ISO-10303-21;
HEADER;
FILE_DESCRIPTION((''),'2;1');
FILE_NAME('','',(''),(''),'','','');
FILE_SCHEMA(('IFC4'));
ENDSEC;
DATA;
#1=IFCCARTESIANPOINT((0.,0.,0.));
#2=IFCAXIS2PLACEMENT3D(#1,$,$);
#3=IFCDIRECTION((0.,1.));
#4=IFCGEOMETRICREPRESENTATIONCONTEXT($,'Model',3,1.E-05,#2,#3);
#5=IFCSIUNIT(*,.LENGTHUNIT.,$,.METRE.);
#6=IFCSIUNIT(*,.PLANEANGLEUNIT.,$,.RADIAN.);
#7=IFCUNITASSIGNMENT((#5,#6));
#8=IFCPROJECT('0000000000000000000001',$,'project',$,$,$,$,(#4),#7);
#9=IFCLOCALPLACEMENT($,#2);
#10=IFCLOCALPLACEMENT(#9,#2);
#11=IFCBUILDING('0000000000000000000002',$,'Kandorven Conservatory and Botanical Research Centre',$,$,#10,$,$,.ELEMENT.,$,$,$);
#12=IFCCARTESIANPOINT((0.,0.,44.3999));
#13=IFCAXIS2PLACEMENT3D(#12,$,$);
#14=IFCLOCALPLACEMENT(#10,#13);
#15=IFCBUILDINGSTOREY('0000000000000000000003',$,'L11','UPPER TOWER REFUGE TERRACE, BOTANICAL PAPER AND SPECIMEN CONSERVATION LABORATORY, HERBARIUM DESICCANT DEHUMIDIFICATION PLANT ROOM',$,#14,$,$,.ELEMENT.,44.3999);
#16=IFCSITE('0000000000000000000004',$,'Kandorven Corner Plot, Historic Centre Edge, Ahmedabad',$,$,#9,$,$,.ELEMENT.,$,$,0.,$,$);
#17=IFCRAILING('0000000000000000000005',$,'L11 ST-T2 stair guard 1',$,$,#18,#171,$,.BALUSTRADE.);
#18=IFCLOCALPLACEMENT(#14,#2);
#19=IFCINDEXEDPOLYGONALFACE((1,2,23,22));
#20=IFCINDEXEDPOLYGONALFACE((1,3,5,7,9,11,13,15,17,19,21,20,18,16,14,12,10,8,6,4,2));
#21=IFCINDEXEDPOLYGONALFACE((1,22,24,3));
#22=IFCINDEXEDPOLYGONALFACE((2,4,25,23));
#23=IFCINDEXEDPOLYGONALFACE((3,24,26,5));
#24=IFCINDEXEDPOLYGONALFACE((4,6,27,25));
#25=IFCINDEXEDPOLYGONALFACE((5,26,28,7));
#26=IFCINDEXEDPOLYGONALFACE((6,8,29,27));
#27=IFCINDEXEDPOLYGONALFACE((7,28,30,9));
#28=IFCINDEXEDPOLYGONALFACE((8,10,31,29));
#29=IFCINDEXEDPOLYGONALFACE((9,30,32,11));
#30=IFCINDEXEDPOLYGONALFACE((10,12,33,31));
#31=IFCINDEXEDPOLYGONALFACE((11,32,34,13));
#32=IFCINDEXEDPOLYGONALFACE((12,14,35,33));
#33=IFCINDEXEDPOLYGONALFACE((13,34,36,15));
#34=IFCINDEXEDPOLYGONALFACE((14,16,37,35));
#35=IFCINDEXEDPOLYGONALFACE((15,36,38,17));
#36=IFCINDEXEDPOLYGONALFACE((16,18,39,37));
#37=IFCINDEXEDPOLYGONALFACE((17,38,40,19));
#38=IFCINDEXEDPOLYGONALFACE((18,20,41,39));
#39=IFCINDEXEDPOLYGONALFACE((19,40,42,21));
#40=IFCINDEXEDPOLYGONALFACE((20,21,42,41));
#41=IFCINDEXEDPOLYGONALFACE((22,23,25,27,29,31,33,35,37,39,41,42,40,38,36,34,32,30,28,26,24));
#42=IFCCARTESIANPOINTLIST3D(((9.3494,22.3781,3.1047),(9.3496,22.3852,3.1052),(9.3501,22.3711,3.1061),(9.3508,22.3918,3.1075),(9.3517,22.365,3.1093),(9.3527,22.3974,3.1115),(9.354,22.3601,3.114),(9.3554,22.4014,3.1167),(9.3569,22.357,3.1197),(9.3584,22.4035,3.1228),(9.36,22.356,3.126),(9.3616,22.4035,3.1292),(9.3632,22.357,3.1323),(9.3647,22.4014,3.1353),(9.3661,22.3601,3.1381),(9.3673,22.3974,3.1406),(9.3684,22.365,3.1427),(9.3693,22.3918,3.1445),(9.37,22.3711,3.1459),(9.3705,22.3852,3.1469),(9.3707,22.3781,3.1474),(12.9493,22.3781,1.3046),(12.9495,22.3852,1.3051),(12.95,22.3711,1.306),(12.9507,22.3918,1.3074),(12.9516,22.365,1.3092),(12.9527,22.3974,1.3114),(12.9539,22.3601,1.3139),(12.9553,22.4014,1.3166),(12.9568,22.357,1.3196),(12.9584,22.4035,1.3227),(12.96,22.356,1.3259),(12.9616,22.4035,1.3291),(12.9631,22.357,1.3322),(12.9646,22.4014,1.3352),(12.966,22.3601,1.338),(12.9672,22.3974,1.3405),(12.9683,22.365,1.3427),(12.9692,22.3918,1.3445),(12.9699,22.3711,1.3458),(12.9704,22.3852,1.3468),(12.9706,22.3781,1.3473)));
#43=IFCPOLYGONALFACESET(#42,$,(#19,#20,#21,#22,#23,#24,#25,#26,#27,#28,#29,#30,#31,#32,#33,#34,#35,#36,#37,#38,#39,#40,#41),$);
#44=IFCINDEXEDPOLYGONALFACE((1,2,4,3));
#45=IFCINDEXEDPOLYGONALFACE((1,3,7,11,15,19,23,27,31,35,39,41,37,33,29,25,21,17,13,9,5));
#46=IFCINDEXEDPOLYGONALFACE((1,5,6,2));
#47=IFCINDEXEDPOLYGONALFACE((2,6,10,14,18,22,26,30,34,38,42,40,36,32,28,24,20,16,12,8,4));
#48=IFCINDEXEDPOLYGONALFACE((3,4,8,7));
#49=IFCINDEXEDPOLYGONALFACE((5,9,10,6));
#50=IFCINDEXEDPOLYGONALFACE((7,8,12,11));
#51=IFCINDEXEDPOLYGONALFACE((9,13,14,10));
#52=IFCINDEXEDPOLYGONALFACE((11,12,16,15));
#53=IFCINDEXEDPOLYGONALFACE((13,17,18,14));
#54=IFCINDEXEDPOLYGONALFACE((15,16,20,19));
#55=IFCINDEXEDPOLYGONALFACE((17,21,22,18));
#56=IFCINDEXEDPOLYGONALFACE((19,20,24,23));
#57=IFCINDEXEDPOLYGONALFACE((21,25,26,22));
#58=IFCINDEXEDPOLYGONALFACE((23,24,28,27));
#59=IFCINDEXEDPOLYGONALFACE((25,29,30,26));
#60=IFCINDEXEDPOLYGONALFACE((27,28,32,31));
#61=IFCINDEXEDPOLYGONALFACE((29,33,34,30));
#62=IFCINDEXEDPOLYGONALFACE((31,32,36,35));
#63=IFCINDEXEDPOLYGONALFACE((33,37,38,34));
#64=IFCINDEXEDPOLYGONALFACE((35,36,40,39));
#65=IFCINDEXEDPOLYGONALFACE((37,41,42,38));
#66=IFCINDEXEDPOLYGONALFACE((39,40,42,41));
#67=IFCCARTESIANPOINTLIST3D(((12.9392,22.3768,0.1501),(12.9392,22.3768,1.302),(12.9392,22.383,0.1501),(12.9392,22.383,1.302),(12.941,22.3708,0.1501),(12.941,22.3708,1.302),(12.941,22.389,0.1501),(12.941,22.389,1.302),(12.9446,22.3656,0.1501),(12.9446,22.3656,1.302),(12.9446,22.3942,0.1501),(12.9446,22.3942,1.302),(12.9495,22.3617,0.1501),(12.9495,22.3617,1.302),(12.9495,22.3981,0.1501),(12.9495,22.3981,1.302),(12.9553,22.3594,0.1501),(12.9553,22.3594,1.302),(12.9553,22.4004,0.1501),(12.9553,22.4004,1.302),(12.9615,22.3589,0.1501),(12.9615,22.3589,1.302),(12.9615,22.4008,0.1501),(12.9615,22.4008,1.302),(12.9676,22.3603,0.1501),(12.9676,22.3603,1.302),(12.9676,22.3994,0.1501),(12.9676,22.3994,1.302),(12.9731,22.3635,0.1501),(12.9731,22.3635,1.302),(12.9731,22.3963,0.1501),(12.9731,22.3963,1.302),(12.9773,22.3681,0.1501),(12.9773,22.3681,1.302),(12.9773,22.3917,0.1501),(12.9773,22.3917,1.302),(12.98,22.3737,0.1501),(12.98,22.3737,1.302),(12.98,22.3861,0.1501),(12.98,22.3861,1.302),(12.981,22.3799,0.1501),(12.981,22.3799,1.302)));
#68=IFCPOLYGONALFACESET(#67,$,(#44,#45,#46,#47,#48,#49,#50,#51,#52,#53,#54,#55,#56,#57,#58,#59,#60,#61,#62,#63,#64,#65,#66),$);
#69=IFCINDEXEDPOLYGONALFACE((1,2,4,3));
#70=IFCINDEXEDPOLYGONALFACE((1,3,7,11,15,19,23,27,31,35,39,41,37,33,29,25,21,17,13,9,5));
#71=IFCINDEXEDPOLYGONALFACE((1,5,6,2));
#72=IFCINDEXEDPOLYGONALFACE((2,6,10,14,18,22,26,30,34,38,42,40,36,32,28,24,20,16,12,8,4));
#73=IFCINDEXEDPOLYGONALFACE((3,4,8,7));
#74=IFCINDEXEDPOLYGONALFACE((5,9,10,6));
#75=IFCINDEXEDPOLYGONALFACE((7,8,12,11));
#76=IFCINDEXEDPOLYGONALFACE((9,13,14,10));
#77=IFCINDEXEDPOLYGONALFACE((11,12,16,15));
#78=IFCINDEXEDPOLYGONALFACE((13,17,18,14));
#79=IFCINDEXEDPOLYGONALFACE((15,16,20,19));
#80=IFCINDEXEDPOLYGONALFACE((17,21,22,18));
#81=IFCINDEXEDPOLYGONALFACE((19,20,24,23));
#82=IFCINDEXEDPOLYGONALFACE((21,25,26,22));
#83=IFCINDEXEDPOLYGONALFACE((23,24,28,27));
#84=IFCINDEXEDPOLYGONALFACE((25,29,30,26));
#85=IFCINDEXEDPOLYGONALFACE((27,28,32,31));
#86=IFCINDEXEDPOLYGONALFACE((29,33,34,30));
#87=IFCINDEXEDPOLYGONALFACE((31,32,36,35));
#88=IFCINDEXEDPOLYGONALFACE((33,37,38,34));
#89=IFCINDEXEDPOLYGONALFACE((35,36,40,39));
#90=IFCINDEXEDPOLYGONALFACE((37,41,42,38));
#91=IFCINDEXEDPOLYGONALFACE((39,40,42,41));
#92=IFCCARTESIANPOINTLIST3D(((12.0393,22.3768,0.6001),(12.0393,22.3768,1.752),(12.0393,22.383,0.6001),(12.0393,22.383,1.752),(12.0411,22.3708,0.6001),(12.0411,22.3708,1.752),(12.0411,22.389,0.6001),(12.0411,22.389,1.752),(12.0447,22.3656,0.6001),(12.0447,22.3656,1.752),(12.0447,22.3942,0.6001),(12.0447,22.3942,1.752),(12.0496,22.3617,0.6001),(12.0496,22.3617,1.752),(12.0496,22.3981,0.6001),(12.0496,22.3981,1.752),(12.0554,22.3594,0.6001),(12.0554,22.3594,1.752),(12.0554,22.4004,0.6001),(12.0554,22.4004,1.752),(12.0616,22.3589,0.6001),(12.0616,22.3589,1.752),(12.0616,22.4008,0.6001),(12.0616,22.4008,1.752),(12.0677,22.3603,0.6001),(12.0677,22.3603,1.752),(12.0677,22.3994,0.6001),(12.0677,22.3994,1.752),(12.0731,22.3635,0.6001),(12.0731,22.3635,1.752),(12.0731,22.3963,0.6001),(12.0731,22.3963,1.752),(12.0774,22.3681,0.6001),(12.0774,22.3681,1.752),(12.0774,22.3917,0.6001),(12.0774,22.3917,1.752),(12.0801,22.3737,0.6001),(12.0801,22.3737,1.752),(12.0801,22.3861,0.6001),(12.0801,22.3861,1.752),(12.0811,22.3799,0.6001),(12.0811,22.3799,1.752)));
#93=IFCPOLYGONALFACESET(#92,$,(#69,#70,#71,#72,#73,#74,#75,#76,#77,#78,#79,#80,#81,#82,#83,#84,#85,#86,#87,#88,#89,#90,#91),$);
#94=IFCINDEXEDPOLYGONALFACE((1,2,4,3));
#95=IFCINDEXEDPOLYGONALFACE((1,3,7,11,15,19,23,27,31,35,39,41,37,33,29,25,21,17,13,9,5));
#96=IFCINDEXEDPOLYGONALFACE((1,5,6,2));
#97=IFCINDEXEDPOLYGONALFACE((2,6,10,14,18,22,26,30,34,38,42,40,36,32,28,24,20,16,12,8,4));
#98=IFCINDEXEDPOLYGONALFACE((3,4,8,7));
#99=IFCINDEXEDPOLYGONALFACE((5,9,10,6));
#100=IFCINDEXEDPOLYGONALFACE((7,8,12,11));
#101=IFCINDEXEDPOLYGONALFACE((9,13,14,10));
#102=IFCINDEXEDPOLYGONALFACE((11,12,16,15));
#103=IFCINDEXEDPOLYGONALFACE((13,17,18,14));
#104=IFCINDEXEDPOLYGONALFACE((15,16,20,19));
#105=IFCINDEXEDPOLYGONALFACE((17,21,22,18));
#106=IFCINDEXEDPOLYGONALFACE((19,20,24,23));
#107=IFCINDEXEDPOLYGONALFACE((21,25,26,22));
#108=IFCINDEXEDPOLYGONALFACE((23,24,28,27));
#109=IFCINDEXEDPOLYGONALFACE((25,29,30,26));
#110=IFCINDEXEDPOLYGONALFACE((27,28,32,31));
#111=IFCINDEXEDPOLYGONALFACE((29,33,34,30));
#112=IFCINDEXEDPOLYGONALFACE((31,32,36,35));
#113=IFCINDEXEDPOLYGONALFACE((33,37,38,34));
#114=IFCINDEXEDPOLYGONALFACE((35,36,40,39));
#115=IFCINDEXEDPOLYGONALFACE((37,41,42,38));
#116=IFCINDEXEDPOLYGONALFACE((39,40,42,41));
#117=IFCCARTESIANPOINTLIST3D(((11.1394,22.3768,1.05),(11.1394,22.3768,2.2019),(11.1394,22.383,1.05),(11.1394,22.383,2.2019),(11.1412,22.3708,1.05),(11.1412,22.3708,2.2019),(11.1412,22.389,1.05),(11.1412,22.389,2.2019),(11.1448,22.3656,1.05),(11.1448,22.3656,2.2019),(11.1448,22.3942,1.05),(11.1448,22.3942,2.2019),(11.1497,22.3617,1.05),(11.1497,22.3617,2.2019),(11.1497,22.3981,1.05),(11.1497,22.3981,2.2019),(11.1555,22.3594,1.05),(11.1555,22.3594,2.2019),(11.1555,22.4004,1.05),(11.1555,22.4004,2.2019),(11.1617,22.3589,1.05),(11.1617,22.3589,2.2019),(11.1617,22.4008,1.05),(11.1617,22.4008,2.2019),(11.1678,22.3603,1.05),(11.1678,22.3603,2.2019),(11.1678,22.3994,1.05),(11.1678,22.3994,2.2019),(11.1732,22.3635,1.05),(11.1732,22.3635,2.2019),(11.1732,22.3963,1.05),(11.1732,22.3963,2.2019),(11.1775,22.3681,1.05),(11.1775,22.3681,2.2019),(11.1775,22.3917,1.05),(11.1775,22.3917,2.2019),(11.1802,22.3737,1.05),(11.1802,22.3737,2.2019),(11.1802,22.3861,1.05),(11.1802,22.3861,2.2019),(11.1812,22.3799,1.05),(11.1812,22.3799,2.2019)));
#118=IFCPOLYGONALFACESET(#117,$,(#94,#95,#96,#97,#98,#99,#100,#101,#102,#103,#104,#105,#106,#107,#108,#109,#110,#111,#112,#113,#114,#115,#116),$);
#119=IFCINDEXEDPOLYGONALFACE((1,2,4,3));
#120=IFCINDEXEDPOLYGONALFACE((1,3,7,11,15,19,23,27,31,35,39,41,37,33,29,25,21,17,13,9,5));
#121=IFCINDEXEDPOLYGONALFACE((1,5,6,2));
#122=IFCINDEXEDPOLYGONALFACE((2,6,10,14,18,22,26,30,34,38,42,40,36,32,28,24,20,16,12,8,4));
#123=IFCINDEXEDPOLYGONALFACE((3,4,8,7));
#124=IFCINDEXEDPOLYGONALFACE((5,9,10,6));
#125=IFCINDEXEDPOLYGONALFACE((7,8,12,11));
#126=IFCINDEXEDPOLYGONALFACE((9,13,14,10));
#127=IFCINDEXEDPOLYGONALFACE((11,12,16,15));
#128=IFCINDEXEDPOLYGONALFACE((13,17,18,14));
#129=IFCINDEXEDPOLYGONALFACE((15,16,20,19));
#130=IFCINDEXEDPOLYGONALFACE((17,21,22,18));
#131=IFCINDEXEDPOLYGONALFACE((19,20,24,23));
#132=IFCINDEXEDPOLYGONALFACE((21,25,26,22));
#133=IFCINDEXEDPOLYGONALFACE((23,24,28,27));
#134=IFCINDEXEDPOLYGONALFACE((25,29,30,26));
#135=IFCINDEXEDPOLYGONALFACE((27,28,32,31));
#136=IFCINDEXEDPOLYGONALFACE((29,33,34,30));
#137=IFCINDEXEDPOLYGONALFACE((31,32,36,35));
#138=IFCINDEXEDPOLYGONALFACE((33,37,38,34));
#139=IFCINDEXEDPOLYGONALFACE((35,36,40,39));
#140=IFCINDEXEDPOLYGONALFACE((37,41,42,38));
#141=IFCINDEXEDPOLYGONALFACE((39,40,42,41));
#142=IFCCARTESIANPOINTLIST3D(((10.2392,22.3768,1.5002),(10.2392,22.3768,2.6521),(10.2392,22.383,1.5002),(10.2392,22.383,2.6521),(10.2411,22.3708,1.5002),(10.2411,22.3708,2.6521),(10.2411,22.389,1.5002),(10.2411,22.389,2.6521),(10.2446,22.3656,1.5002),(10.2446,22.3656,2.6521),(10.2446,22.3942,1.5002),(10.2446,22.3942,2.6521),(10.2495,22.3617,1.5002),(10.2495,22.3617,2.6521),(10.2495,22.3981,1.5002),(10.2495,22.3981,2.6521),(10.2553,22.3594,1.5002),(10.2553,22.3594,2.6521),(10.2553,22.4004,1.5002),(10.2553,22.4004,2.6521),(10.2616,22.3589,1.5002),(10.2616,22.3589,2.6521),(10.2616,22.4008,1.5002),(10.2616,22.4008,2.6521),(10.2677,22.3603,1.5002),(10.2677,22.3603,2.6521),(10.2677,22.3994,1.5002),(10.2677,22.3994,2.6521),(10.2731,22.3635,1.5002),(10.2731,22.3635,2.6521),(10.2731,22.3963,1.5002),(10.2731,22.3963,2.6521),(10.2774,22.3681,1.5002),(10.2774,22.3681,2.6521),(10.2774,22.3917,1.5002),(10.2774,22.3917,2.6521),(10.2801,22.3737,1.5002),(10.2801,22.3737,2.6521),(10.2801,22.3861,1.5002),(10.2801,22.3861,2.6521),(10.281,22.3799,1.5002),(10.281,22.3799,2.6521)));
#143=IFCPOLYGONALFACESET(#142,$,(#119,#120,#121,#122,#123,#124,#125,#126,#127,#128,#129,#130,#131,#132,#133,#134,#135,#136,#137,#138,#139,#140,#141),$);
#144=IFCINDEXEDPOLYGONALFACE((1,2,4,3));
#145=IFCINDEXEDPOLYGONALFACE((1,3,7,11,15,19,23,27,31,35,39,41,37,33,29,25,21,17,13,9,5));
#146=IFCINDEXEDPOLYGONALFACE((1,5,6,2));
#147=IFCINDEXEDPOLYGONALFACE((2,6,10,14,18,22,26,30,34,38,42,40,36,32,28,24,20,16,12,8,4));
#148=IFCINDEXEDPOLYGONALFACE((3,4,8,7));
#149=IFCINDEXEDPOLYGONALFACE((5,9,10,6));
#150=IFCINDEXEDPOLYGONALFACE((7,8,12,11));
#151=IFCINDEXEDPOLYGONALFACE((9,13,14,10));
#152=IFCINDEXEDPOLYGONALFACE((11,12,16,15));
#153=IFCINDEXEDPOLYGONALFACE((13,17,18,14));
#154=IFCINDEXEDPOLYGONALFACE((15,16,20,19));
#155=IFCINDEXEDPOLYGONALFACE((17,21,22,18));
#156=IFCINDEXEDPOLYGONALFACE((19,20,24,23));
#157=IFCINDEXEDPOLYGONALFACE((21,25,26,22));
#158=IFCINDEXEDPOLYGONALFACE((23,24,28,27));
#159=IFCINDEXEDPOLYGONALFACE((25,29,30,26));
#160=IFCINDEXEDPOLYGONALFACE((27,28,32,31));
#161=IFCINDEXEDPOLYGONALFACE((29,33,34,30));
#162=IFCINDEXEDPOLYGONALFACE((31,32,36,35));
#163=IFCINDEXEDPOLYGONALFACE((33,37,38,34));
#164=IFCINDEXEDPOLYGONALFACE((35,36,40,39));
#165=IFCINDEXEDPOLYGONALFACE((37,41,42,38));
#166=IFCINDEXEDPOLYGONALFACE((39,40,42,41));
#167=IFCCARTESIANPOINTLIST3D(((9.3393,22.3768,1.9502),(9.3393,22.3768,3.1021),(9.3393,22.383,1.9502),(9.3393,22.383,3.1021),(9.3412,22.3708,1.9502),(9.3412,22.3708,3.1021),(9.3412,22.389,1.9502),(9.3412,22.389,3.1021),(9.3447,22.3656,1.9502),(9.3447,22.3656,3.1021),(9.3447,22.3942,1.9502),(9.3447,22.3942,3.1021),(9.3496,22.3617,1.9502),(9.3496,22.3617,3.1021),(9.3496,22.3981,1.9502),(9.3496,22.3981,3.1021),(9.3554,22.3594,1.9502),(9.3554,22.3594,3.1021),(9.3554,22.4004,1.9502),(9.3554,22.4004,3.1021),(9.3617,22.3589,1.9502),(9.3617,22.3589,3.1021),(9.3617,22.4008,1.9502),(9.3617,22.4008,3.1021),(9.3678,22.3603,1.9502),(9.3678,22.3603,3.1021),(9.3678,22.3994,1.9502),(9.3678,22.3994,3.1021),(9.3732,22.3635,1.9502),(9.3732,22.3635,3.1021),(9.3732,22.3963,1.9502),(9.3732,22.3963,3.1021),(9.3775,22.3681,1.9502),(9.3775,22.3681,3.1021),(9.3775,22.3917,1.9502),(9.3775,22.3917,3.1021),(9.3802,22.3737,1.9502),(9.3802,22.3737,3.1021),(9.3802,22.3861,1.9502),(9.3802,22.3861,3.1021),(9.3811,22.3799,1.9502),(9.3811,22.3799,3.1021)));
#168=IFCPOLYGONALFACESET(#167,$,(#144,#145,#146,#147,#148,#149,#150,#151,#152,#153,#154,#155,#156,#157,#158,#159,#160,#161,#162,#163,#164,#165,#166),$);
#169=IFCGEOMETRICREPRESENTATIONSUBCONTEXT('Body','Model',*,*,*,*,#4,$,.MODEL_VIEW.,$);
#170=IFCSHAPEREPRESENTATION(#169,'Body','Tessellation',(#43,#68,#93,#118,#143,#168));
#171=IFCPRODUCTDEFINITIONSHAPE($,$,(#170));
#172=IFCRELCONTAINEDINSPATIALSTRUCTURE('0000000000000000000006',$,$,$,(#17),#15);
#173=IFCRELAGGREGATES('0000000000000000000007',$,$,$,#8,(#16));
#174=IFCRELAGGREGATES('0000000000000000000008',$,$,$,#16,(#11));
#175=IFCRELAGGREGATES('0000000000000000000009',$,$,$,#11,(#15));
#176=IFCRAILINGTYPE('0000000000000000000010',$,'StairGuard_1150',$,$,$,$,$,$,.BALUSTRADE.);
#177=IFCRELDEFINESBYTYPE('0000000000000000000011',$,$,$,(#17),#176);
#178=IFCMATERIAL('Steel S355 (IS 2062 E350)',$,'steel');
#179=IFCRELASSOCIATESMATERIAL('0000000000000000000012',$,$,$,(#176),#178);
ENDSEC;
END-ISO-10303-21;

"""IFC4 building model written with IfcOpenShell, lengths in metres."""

from ifc_helpers import new_model, si_unit, direction, frame, origin, origin_2d, place, context, subcontext, project, spatial, circle, extrude, material, type_object, element, save


model = new_model("IFC4")

# Units and contexts
model_context = context("Model", 3, precision=1e-05, world=origin(), true_north=direction((0.0, 1.0)))
body_context = subcontext(model_context, "Body", "Model", "MODEL_VIEW")
ifc_project = project(units=[si_unit("LENGTHUNIT", "METRE"), si_unit("PLANEANGLEUNIT", "RADIAN")], contexts=[model_context])

# Site, building, storey
site_placement = place(None, origin())
site = spatial("IfcSite", under=ifc_project, at=site_placement, Name="Kandorven Corner Plot, Historic Centre Edge, Ahmedabad", CompositionType="ELEMENT", RefElevation=0.0)
building_placement = place(site_placement, origin())
building = spatial("IfcBuilding", under=site, at=building_placement, Name="Kandorven Conservatory and Botanical Research Centre", CompositionType="ELEMENT")
storey_placement = place(building_placement, frame((0.0, 0.0, 44.3999)))
storey = spatial("IfcBuildingStorey", under=building, at=storey_placement, Name="L11", Description="UPPER TOWER REFUGE TERRACE, BOTANICAL PAPER AND SPECIMEN CONSERVATION LABORATORY, HERBARIUM DESICCANT DEHUMIDIFICATION PLANT ROOM", CompositionType="ELEMENT", Elevation=44.3999)

# Railing
ifc_material_1 = material(Name="Steel S355 (IS 2062 E350)", Category="steel")
railing_type_1 = type_object("IfcRailingType", Name="StairGuard_1150", PredefinedType="BALUSTRADE", material=ifc_material_1)
railing_1_placement = place(storey_placement, frame((12.96, 22.3799, 0.1501)))
element("IfcRailing", 1, at=railing_1_placement, inside=storey, type_object=railing_type_1, Name="L11 ST-T2 stair guard 1", PredefinedType="BALUSTRADE", context=body_context, shape_type="SweptSolid", body=[
    extrude(circle(Radius=0.0239, at=origin_2d()), frame((0.0, 0.0, 1.1758), z_axis=(-0.894415, 0.0, 0.447238), x_axis=(0.0, -1.0, 0.0)), (0.0, 0.0, 1.0), 4.0249),
    extrude(circle(Radius=0.021, at=origin_2d()), origin(), (0.0, 0.0, 1.0), 1.1519),
    extrude(circle(Radius=0.021, at=origin_2d()), frame((-0.8999, 0.0, 0.45)), (0.0, 0.0, 1.0), 1.1519),
    extrude(circle(Radius=0.021, at=origin_2d()), frame((-1.7998, 0.0, 0.8999)), (0.0, 0.0, 1.0), 1.1519),
    extrude(circle(Radius=0.021, at=origin_2d()), frame((-2.7, 0.0, 1.3501)), (0.0, 0.0, 1.0), 1.1519),
    extrude(circle(Radius=0.021, at=origin_2d()), frame((-3.5999, 0.0, 1.8)), (0.0, 0.0, 1.0), 1.1519),
])

save(model, "model.ifc")
